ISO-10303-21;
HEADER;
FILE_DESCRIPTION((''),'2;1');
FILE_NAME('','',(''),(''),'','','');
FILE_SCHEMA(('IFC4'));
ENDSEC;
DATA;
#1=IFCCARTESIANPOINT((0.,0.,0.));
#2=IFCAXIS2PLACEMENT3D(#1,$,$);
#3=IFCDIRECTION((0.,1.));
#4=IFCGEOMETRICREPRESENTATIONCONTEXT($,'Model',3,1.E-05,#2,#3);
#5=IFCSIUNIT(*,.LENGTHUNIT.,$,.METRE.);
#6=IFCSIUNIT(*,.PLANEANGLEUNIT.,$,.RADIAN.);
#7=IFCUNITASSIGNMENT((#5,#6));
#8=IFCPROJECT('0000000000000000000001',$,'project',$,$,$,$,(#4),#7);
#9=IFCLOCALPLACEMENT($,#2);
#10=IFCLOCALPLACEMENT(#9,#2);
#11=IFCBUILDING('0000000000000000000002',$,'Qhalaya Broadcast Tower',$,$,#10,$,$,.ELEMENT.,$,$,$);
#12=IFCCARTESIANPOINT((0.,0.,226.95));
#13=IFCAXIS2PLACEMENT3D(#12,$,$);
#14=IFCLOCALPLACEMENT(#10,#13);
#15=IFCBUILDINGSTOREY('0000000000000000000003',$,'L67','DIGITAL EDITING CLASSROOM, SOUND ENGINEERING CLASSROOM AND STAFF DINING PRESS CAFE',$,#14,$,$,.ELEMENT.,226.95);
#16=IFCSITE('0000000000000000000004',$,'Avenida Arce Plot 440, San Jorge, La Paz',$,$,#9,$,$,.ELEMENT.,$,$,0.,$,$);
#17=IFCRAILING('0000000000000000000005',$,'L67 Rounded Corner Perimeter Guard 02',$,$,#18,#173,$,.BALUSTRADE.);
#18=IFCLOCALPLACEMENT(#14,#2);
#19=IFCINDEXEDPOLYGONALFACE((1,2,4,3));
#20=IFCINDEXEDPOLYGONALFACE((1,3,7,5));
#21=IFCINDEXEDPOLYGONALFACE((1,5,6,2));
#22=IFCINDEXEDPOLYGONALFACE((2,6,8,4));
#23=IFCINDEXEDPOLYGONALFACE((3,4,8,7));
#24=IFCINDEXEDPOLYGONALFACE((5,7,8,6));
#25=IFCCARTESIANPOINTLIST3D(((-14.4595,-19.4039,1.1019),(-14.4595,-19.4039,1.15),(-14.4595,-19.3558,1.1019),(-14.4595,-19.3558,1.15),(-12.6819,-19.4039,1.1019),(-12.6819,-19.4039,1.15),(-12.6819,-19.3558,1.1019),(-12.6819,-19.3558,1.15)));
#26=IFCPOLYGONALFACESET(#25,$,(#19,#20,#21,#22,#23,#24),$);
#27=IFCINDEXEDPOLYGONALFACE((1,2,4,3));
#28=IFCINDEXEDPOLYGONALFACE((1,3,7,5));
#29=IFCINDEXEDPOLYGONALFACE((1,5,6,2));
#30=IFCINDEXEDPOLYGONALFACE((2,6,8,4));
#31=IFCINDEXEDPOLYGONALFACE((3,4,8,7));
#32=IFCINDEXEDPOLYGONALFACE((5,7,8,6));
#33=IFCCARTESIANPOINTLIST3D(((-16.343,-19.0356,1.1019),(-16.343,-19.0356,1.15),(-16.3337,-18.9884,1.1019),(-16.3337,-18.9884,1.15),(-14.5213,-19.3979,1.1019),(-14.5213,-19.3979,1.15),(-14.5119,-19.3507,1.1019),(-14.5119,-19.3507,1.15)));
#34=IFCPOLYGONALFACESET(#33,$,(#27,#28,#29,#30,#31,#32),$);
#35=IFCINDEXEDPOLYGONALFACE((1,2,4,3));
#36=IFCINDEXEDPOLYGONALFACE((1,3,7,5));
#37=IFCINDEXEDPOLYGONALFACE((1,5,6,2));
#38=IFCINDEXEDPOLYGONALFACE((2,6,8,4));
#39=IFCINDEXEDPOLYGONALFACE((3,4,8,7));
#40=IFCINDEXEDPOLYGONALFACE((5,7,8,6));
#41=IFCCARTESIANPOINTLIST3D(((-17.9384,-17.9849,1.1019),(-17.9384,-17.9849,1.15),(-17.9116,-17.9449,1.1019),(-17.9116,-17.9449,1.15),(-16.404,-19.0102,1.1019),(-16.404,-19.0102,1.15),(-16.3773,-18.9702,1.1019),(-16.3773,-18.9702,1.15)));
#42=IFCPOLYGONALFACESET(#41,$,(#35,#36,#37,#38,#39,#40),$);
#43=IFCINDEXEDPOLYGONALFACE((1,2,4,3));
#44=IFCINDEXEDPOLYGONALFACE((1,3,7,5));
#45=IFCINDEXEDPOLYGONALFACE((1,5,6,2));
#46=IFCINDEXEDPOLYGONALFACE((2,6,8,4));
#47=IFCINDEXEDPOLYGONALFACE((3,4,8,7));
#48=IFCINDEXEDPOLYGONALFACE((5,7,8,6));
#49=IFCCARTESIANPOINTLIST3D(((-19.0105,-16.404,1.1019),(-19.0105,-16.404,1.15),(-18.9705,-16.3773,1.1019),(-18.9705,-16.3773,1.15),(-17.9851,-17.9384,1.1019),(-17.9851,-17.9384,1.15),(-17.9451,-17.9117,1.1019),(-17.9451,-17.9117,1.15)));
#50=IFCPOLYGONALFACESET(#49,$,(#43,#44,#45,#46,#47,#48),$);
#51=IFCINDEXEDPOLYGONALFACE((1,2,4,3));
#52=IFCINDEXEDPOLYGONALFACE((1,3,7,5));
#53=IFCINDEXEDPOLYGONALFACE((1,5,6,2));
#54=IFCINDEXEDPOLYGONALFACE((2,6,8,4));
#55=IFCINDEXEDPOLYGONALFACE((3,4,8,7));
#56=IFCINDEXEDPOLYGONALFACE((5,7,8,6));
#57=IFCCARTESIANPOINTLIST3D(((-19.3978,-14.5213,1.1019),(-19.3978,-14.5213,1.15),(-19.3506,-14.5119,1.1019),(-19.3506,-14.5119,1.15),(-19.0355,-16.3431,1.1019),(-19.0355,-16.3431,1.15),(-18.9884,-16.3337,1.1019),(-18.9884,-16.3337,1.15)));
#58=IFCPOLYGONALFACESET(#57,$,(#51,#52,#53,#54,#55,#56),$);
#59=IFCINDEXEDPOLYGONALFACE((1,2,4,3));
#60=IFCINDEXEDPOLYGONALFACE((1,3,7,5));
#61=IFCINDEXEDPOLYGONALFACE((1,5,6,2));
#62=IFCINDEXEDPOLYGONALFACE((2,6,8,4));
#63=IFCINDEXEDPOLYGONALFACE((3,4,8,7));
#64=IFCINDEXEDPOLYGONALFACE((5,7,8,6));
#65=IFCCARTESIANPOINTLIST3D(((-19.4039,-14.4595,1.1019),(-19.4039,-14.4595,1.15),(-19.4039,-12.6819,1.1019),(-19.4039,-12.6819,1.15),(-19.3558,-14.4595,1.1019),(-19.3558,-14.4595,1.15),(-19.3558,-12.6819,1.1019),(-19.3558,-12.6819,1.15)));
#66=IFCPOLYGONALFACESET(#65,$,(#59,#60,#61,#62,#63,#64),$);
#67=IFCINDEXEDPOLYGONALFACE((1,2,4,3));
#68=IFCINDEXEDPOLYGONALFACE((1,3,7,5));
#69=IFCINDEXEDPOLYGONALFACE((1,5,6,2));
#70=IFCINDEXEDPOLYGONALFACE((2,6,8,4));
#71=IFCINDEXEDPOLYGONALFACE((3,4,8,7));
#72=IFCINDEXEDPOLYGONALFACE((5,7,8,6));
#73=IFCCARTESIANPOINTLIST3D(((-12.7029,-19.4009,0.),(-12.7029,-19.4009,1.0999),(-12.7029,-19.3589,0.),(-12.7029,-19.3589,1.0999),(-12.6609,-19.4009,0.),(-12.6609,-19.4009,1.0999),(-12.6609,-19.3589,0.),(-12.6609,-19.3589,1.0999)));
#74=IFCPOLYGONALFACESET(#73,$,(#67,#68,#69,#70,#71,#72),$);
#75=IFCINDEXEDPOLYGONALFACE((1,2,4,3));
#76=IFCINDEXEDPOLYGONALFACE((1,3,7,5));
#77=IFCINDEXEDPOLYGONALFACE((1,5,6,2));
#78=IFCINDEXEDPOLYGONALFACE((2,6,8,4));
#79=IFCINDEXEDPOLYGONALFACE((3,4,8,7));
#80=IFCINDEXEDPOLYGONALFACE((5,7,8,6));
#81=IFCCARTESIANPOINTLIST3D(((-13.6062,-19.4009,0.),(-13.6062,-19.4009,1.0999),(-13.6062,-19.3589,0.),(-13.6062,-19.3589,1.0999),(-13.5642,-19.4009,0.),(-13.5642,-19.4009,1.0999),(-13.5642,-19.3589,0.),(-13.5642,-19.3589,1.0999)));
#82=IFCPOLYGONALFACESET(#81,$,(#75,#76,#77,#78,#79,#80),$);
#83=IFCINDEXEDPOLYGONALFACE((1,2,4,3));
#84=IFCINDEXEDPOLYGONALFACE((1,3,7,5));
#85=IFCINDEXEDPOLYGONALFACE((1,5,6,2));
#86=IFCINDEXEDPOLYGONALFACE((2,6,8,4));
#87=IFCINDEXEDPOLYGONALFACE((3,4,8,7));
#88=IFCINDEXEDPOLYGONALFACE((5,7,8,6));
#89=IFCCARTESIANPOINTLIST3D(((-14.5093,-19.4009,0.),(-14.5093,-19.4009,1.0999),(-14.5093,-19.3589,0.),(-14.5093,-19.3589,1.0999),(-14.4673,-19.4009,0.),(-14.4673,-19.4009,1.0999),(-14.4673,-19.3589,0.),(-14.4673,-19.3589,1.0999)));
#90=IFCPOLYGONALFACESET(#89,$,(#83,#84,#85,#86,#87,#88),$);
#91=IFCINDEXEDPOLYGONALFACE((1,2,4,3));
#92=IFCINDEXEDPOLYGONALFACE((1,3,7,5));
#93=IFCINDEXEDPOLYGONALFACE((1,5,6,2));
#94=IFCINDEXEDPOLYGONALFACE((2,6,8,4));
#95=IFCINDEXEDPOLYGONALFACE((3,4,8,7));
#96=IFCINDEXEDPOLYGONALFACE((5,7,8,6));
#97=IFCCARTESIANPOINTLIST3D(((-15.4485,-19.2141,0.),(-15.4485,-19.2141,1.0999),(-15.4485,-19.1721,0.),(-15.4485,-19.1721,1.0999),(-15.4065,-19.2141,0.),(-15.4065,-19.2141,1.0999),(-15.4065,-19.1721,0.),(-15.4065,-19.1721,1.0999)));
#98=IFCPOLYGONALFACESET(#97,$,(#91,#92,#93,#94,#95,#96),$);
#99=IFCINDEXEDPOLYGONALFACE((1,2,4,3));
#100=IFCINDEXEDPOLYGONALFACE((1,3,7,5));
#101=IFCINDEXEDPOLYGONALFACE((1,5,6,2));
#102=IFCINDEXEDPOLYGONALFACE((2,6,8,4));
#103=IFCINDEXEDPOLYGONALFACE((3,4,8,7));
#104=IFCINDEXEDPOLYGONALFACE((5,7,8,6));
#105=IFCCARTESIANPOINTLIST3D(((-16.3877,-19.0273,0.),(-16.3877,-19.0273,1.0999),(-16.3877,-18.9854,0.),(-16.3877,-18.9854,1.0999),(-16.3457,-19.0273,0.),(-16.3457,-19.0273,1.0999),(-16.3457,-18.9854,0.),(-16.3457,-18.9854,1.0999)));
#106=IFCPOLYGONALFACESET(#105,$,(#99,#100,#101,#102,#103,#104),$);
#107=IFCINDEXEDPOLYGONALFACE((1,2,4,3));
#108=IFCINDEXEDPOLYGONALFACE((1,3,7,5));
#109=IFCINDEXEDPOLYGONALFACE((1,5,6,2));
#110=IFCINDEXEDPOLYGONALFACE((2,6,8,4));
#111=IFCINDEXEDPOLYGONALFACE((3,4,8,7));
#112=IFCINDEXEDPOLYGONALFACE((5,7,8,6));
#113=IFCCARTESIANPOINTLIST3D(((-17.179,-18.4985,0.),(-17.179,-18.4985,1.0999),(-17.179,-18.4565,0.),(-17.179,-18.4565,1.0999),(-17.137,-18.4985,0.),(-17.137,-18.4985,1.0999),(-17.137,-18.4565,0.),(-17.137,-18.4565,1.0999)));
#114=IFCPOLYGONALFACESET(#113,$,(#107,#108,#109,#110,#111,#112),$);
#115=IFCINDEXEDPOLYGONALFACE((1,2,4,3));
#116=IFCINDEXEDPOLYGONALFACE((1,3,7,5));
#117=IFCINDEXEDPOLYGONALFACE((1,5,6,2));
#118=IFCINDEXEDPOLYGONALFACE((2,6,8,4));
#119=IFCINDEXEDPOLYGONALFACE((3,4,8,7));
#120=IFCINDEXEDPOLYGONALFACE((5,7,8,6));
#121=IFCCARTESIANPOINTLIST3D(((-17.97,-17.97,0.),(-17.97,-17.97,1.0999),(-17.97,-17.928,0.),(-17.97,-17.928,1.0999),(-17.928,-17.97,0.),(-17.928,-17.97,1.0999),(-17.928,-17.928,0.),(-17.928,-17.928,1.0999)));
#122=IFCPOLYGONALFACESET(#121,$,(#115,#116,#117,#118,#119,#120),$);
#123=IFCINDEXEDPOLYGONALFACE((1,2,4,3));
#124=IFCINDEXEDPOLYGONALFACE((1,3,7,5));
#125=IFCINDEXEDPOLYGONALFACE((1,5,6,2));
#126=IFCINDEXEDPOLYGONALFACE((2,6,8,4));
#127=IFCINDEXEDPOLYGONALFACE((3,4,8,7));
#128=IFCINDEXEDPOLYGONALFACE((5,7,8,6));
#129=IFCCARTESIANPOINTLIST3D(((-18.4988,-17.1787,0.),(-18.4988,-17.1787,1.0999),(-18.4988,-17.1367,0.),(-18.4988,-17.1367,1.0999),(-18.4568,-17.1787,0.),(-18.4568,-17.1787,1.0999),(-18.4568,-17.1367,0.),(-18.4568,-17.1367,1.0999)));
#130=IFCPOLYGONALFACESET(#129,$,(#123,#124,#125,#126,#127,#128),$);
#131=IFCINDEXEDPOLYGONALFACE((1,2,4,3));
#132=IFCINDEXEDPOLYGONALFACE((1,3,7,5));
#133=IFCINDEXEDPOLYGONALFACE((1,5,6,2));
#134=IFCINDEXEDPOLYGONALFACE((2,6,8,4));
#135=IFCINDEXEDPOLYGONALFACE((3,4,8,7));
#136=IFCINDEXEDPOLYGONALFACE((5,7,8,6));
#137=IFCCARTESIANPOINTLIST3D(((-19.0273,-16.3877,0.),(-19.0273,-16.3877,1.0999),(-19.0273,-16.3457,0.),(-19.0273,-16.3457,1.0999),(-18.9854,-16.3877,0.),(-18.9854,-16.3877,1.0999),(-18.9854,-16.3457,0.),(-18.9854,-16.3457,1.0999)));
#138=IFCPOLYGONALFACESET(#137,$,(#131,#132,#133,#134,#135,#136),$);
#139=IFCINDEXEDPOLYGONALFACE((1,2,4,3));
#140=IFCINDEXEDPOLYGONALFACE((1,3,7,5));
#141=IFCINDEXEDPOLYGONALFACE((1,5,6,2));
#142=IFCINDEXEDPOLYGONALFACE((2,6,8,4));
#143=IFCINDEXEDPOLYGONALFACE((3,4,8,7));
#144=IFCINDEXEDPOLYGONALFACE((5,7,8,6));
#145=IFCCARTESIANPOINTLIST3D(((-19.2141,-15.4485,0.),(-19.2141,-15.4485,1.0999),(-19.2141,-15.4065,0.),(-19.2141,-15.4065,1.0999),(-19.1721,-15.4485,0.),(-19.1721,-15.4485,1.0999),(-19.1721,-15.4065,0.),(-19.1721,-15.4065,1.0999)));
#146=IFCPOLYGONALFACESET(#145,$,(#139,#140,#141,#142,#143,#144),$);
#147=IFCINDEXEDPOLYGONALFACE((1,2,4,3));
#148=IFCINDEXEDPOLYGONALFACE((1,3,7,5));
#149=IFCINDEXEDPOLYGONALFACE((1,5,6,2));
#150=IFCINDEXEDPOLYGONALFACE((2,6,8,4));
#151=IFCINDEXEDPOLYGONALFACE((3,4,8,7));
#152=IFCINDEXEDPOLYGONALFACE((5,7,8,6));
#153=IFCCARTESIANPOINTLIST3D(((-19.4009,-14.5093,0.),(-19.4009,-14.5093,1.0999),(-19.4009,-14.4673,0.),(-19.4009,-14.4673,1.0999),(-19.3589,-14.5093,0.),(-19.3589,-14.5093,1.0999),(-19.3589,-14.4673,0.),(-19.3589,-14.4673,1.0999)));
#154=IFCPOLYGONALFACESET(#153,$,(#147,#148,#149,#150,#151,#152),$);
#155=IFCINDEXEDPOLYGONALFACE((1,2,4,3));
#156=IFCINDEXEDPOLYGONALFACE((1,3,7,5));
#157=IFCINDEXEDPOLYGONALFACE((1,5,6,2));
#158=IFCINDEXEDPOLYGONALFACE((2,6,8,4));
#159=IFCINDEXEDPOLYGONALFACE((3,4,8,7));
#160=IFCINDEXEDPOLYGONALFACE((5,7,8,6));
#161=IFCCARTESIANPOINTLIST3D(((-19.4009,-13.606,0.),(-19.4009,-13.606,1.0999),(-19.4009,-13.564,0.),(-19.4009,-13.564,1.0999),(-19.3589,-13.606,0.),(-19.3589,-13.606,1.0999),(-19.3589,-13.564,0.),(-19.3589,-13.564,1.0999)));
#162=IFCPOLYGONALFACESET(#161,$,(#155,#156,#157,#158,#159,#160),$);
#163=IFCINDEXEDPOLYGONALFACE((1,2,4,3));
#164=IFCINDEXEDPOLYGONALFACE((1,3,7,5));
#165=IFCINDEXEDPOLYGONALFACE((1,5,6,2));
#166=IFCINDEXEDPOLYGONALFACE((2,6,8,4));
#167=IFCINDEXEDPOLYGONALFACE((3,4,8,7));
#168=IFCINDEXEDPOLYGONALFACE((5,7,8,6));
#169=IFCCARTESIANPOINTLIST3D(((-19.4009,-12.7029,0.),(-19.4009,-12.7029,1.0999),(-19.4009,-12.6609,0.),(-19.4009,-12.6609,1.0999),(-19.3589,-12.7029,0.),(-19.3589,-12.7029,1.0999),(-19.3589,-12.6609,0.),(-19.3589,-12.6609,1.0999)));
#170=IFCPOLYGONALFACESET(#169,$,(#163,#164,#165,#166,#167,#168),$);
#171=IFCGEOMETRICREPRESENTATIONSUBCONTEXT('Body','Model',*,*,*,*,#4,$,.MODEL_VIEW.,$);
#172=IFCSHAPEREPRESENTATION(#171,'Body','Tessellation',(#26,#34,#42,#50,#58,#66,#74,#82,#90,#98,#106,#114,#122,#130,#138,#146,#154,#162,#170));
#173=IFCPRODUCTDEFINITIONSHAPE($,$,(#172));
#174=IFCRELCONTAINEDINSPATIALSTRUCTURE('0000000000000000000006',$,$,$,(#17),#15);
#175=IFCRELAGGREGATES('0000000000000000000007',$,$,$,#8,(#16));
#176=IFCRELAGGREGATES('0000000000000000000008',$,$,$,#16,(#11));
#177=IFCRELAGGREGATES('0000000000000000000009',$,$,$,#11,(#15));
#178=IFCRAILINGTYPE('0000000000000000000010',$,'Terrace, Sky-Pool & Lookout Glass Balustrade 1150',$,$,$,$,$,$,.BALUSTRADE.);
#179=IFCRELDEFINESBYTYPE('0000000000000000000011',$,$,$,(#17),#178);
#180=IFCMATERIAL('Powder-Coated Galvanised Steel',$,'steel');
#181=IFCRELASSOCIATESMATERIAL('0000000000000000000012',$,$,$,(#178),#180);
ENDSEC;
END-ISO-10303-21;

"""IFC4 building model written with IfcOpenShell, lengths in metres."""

from ifc_helpers import new_model, si_unit, direction, frame, origin, origin_2d, place, context, subcontext, project, spatial, rectangle, extrude, material, type_object, element, save


model = new_model("IFC4")

# Units and contexts
model_context = context("Model", 3, precision=1e-05, world=origin(), true_north=direction((0.0, 1.0)))
body_context = subcontext(model_context, "Body", "Model", "MODEL_VIEW")
ifc_project = project(units=[si_unit("LENGTHUNIT", "METRE"), si_unit("PLANEANGLEUNIT", "RADIAN")], contexts=[model_context])

# Site, building, storey
site_placement = place(None, origin())
site = spatial("IfcSite", under=ifc_project, at=site_placement, Name="Avenida Arce Plot 440, San Jorge, La Paz", CompositionType="ELEMENT", RefElevation=0.0)
building_placement = place(site_placement, origin())
building = spatial("IfcBuilding", under=site, at=building_placement, Name="Qhalaya Broadcast Tower", CompositionType="ELEMENT")
storey_placement = place(building_placement, frame((0.0, 0.0, 226.95)))
storey = spatial("IfcBuildingStorey", under=building, at=storey_placement, Name="L67", Description="DIGITAL EDITING CLASSROOM, SOUND ENGINEERING CLASSROOM AND STAFF DINING PRESS CAFE", CompositionType="ELEMENT", Elevation=226.95)

# Railing
ifc_material_1 = material(Name="Powder-Coated Galvanised Steel", Category="steel")
railing_type = type_object("IfcRailingType", Name="Terrace, Sky-Pool & Lookout Glass Balustrade 1150", PredefinedType="BALUSTRADE", material=ifc_material_1)
railing_placement = place(storey_placement, frame((-12.6819, -19.3799, 0.0)))
element("IfcRailing", 1, at=railing_placement, inside=storey, type_object=railing_type, Name="L67 Rounded Corner Perimeter Guard 02", PredefinedType="BALUSTRADE", context=body_context, shape_type="SweptSolid", body=[
    extrude(rectangle(XDim=0.0481, YDim=0.0481, at=origin_2d()), frame((0.0, 0.0, 1.126), z_axis=(-1.0, 0.0, 0.0), x_axis=(0.0, -1.0, 0.0)), (0.0, 0.0, 1.0), 1.7776),
    extrude(rectangle(XDim=0.0481, YDim=0.0481, at=origin_2d()), frame((-1.8347, 0.0056, 1.126), z_axis=(-0.980796, 0.195037, 0.0), x_axis=(-0.195037, -0.980796, 0.0)), (0.0, 0.0, 1.0), 1.8574),
    extrude(rectangle(XDim=0.0481, YDim=0.0481, at=origin_2d()), frame((-3.7087, 0.3896, 1.126), z_axis=(-0.831438, 0.555618, 0.0), x_axis=(-0.555618, -0.831438, 0.0)), (0.0, 0.0, 1.0), 1.8455),
    extrude(rectangle(XDim=0.0481, YDim=0.0481, at=origin_2d()), frame((-5.2832, 1.4548, 1.126), z_axis=(-0.555618, 0.831438, 0.0), x_axis=(-0.831438, -0.555618, 0.0)), (0.0, 0.0, 1.0), 1.8455),
    extrude(rectangle(XDim=0.0481, YDim=0.0481, at=origin_2d()), frame((-6.3301, 3.0415, 1.126), z_axis=(-0.195037, 0.980796, 0.0), x_axis=(-0.980796, -0.195037, 0.0)), (0.0, 0.0, 1.0), 1.8574),
    extrude(rectangle(XDim=0.0481, YDim=0.0481, at=origin_2d()), frame((-6.698, 4.9204, 1.126), z_axis=(0.0, 1.0, 0.0), x_axis=(-1.0, 0.0, 0.0)), (0.0, 0.0, 1.0), 1.7776),
    extrude(rectangle(XDim=0.042, YDim=0.042, at=origin_2d()), origin(), (0.0, 0.0, 1.0), 1.0999),
    extrude(rectangle(XDim=0.042, YDim=0.042, at=origin_2d()), frame((-0.9033, 0.0, 0.0)), (0.0, 0.0, 1.0), 1.0999),
    extrude(rectangle(XDim=0.042, YDim=0.042, at=origin_2d()), frame((-1.8064, 0.0, 0.0)), (0.0, 0.0, 1.0), 1.0999),
    extrude(rectangle(XDim=0.042, YDim=0.042, at=origin_2d()), frame((-2.7456, 0.1868, 0.0)), (0.0, 0.0, 1.0), 1.0999),
    extrude(rectangle(XDim=0.042, YDim=0.042, at=origin_2d()), frame((-3.6848, 0.3735, 0.0)), (0.0, 0.0, 1.0), 1.0999),
    extrude(rectangle(XDim=0.042, YDim=0.042, at=origin_2d()), frame((-4.4761, 0.9023, 0.0)), (0.0, 0.0, 1.0), 1.0999),
    extrude(rectangle(XDim=0.042, YDim=0.042, at=origin_2d()), frame((-5.2671, 1.4309, 0.0)), (0.0, 0.0, 1.0), 1.0999),
    extrude(rectangle(XDim=0.042, YDim=0.042, at=origin_2d()), frame((-5.7959, 2.2222, 0.0)), (0.0, 0.0, 1.0), 1.0999),
    extrude(rectangle(XDim=0.042, YDim=0.042, at=origin_2d()), frame((-6.3245, 3.0132, 0.0)), (0.0, 0.0, 1.0), 1.0999),
    extrude(rectangle(XDim=0.042, YDim=0.042, at=origin_2d()), frame((-6.5112, 3.9524, 0.0)), (0.0, 0.0, 1.0), 1.0999),
    extrude(rectangle(XDim=0.042, YDim=0.042, at=origin_2d()), frame((-6.698, 4.8916, 0.0)), (0.0, 0.0, 1.0), 1.0999),
    extrude(rectangle(XDim=0.042, YDim=0.042, at=origin_2d()), frame((-6.698, 5.7949, 0.0)), (0.0, 0.0, 1.0), 1.0999),
    extrude(rectangle(XDim=0.042, YDim=0.042, at=origin_2d()), frame((-6.698, 6.698, 0.0)), (0.0, 0.0, 1.0), 1.0999),
])

save(model, "model.ifc")
